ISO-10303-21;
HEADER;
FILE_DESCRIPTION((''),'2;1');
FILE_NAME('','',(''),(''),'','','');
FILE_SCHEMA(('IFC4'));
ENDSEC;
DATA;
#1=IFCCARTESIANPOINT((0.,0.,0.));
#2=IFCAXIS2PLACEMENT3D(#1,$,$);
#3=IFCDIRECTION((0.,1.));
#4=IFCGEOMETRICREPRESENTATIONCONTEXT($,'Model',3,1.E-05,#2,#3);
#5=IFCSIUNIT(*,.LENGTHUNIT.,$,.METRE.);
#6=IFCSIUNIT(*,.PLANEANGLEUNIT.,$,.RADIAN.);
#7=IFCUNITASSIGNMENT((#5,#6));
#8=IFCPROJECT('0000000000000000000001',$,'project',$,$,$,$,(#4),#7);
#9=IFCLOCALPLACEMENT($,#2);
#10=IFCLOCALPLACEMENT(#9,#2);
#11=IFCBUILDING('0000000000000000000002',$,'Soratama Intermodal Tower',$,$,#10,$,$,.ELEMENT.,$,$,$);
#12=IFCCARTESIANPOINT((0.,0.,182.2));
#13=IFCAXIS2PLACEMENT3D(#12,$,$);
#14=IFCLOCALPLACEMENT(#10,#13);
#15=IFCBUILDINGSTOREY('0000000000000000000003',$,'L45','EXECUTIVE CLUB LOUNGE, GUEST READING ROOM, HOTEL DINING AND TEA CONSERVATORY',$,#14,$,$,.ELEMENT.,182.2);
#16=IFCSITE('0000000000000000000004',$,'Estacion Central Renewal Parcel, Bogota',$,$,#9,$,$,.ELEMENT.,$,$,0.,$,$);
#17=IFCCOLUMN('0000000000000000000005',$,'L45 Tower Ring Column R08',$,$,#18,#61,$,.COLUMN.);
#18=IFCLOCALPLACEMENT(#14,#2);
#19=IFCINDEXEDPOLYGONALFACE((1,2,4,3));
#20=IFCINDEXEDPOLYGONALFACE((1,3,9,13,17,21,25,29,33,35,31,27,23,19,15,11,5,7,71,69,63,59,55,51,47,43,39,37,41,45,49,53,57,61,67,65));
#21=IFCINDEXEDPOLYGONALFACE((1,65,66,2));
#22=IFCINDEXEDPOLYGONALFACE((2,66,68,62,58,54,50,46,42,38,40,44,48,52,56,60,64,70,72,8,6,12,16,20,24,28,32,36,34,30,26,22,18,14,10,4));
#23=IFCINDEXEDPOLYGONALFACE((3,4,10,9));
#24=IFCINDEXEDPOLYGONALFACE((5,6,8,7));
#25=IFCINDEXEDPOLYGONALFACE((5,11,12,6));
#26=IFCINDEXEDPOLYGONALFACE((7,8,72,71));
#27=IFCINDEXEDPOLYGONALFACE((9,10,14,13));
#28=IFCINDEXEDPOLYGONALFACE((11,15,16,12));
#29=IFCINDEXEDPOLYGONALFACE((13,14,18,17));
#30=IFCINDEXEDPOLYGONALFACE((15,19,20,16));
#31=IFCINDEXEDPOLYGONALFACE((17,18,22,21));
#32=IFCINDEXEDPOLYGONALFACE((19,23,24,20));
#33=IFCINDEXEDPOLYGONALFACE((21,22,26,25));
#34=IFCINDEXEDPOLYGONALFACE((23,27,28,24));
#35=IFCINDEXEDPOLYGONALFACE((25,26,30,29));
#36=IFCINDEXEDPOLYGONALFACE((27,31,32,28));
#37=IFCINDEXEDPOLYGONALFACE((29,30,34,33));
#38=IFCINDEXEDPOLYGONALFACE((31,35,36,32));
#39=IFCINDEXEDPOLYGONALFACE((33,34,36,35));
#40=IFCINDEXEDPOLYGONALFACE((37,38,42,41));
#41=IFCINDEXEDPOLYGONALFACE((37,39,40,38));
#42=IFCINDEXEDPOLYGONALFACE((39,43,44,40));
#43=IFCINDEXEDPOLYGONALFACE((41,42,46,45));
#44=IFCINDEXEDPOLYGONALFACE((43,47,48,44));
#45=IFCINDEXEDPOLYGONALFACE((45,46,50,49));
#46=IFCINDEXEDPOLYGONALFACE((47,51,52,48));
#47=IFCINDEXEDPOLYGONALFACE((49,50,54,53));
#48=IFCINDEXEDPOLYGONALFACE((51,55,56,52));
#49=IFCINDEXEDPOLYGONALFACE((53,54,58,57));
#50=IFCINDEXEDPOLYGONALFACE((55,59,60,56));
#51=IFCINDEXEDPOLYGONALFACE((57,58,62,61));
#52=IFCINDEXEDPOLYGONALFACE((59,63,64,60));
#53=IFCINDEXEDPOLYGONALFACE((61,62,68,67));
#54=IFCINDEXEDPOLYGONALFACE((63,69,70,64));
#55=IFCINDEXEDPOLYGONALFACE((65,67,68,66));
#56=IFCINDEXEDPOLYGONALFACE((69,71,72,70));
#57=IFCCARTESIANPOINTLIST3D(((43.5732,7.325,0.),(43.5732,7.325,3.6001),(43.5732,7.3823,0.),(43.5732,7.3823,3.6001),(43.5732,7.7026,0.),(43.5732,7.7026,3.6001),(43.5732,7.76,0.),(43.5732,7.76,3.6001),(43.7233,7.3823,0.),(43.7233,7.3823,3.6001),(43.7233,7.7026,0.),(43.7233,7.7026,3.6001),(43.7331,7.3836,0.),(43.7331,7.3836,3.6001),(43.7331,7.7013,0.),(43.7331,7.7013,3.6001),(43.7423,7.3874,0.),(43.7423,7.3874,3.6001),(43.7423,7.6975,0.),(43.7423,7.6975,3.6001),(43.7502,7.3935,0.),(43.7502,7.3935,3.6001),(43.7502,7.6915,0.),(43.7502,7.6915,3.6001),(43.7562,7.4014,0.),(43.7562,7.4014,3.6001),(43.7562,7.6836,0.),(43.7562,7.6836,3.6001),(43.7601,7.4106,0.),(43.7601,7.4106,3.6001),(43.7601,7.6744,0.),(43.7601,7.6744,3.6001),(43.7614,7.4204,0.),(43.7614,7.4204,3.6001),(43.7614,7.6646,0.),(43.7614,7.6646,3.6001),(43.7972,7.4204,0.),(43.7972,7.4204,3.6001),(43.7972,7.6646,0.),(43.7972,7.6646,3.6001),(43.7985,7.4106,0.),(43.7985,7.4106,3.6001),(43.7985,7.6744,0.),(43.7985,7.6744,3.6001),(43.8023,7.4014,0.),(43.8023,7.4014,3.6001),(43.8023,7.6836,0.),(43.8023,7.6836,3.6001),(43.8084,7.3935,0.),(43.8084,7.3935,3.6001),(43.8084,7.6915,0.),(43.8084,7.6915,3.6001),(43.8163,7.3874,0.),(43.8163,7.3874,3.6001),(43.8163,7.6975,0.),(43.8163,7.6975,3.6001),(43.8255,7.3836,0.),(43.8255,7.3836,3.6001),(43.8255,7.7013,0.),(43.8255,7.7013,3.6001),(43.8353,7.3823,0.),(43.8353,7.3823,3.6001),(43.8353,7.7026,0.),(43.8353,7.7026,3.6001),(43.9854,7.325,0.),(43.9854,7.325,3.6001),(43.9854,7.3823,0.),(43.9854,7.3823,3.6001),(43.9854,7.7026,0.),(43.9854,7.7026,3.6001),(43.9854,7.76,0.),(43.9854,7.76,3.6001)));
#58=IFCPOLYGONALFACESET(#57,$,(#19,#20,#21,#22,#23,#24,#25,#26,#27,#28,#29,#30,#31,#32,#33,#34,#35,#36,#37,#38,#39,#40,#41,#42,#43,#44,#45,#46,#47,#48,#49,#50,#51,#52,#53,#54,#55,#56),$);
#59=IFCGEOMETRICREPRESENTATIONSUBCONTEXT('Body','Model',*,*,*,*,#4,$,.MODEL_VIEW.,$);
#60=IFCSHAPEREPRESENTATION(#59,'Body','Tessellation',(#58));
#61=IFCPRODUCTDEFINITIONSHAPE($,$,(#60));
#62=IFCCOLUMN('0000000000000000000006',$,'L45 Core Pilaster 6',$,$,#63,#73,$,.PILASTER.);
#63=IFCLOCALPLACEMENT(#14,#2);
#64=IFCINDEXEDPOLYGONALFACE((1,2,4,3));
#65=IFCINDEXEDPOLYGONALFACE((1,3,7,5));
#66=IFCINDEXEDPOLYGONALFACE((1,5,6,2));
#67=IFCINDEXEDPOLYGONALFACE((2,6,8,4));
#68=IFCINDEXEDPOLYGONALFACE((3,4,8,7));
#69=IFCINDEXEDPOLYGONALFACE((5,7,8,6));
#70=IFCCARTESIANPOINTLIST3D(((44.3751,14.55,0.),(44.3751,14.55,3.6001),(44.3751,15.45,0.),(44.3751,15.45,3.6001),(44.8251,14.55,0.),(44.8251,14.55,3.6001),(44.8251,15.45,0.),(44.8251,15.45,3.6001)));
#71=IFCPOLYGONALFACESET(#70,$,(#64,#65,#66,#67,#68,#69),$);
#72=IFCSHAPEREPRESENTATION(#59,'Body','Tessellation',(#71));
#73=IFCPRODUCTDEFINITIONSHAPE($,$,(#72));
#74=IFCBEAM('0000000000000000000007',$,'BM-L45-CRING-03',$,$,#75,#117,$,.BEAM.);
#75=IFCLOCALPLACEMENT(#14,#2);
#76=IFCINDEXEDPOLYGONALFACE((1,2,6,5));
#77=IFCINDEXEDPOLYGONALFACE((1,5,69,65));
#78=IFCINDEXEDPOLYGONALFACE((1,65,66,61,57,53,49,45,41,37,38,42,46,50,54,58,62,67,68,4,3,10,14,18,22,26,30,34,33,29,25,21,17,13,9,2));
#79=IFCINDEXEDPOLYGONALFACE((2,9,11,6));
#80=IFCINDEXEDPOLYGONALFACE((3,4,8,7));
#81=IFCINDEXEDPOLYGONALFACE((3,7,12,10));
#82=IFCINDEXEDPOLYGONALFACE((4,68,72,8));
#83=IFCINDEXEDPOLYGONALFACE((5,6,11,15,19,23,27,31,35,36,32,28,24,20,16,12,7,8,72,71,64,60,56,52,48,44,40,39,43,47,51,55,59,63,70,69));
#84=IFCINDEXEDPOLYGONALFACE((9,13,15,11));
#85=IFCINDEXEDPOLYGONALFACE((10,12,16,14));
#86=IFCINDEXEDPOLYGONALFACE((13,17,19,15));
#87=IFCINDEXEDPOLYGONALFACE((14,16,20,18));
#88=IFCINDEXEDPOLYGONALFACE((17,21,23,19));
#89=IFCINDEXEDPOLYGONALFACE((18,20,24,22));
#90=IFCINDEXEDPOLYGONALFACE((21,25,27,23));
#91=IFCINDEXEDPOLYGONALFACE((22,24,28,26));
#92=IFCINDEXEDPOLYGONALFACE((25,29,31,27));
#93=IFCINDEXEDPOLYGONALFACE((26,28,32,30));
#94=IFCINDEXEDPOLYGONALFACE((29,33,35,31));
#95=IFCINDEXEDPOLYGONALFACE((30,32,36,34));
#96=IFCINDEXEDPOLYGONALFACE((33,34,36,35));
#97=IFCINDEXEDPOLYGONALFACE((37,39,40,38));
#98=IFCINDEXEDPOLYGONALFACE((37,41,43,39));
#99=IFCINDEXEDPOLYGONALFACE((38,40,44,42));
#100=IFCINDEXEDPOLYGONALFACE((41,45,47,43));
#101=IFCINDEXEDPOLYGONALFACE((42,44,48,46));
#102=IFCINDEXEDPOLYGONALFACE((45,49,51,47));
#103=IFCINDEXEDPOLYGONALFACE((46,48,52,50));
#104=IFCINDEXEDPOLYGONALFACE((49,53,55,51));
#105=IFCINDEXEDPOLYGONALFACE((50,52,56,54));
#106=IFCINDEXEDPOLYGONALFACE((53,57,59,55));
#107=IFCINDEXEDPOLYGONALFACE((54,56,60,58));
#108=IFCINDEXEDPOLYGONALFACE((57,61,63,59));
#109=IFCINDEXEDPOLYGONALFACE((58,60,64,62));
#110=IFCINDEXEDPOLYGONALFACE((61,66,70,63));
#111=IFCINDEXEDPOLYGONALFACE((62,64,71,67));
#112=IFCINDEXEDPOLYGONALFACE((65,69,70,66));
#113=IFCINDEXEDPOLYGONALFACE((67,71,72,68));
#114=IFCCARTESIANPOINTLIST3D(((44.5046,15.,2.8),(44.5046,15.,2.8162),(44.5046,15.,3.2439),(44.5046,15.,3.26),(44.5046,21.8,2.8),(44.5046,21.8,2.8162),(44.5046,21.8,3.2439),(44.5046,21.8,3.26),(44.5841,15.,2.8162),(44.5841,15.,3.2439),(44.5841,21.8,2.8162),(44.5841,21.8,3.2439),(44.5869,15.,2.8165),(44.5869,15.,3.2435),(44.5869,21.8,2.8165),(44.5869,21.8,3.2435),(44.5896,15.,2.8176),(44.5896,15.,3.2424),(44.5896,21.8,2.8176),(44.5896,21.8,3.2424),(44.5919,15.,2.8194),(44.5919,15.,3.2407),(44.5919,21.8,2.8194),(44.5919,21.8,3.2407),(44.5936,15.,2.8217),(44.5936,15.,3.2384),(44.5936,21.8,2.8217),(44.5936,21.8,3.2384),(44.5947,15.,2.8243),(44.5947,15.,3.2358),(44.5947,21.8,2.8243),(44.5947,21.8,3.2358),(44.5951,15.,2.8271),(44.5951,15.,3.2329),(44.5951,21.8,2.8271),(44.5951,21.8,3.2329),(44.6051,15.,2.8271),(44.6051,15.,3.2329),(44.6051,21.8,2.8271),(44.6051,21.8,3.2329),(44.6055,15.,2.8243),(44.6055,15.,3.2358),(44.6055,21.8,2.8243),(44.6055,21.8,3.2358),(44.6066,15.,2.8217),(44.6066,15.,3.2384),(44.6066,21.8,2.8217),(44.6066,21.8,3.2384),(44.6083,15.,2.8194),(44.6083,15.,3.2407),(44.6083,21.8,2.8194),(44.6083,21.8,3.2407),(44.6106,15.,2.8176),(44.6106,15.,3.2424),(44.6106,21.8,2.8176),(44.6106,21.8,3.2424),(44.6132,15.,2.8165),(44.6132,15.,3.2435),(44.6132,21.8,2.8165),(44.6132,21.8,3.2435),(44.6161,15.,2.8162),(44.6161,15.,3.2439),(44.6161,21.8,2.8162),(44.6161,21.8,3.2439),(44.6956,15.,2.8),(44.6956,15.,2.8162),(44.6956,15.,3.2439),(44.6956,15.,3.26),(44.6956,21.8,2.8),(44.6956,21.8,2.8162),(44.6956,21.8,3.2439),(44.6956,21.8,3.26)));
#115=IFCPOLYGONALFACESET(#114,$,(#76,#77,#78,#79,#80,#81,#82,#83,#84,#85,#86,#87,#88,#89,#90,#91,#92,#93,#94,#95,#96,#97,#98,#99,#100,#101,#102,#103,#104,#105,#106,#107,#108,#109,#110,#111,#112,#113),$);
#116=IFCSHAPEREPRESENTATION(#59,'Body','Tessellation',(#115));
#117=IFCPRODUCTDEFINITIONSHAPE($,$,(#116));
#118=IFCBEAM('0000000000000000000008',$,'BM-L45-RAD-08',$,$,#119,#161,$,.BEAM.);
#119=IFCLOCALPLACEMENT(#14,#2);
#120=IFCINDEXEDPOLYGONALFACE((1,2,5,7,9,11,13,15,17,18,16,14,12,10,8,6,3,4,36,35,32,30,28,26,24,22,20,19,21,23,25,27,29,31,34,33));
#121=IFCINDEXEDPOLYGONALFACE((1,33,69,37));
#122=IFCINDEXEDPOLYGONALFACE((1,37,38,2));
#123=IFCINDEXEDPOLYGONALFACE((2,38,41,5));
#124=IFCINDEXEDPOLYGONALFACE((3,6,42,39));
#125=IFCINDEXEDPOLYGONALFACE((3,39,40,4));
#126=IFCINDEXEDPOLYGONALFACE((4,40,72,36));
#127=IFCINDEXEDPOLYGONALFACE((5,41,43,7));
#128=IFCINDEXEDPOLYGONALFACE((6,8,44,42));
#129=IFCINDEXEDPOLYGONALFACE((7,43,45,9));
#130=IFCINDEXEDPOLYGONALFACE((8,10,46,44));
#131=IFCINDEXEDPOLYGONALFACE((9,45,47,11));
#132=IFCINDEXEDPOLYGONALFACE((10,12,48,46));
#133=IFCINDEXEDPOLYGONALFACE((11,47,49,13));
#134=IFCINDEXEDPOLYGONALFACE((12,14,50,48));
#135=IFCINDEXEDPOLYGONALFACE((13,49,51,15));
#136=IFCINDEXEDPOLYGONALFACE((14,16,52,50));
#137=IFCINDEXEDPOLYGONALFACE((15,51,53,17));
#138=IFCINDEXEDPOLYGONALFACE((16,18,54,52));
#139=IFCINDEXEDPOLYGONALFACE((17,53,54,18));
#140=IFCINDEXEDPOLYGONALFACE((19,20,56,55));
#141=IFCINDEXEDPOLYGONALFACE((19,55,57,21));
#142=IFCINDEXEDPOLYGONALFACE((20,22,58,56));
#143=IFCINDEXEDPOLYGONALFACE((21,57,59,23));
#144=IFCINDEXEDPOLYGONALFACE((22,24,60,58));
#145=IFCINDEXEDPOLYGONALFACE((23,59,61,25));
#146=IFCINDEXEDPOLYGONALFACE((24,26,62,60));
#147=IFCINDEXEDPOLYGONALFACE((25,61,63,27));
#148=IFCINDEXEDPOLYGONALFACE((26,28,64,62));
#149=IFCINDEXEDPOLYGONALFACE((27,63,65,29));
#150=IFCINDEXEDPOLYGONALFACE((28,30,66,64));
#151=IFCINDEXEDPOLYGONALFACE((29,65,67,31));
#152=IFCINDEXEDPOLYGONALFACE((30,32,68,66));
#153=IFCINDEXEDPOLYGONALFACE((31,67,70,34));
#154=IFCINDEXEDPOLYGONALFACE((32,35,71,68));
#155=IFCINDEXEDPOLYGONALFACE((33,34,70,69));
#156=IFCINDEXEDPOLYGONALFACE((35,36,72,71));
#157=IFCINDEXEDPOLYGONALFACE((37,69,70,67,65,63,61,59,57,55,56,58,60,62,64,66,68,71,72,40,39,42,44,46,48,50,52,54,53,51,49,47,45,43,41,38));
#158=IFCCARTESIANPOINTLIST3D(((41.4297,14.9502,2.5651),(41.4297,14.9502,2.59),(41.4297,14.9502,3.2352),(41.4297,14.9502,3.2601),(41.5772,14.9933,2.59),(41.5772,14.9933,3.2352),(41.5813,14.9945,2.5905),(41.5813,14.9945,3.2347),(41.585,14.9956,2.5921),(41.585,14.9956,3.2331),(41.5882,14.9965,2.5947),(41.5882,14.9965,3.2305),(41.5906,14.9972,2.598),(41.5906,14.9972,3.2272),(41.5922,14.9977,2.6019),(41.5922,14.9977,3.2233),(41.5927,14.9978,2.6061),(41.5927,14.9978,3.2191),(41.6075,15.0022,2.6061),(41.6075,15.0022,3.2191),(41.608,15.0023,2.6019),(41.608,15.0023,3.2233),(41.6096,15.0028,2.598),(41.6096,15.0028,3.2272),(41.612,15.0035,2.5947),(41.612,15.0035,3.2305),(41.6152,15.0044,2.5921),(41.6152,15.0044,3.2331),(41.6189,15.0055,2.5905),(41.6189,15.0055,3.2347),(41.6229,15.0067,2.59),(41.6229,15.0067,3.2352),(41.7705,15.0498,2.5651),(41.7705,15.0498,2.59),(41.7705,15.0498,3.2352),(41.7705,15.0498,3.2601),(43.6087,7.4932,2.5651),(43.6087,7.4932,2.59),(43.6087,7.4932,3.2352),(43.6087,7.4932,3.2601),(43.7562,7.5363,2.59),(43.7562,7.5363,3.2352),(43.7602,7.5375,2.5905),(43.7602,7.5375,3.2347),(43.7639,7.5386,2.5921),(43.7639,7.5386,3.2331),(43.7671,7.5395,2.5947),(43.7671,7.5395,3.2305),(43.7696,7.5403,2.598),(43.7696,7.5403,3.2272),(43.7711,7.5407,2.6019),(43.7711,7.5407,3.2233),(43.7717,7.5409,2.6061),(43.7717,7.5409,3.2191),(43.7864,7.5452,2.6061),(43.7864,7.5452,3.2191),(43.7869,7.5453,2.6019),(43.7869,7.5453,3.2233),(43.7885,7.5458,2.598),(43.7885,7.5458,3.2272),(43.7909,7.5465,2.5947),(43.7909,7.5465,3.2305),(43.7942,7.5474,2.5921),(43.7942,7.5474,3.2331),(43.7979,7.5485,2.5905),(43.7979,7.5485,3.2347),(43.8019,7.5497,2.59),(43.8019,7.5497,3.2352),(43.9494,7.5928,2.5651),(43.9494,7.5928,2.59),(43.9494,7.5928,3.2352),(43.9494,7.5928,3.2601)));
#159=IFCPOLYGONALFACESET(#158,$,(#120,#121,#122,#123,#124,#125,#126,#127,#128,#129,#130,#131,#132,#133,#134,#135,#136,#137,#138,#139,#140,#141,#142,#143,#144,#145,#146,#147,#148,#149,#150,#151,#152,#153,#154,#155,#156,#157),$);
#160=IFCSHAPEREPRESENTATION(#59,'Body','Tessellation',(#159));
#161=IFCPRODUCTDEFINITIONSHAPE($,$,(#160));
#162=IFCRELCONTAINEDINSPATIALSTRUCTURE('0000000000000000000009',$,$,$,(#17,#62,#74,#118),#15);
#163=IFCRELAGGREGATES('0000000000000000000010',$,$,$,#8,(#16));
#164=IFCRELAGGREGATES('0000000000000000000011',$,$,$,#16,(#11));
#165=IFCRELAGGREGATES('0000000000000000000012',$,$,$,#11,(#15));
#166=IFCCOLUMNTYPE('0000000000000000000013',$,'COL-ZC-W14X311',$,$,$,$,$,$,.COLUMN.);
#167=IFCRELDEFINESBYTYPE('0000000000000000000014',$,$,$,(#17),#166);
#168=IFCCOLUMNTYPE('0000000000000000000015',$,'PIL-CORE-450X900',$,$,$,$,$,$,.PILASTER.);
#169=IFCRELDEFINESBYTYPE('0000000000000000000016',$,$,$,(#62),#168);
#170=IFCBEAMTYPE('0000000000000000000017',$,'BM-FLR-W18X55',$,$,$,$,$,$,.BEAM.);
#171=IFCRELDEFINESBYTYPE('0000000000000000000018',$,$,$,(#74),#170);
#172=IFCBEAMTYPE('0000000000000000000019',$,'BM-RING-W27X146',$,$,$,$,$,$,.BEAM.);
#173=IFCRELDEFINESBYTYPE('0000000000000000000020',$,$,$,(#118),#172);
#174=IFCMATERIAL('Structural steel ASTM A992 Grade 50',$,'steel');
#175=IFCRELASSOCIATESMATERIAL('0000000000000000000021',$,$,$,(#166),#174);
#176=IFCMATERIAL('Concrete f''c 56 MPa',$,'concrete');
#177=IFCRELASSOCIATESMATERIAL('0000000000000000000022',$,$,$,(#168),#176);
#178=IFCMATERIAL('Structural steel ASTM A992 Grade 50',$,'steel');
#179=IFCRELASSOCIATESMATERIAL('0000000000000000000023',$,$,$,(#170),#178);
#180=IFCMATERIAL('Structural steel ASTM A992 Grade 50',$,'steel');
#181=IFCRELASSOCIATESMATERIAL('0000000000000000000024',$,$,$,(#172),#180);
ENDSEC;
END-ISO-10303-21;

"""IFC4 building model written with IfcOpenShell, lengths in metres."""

from ifc_helpers import new_model, si_unit, direction, frame, origin, origin_2d, place, context, subcontext, project, spatial, rectangle, i_section, extrude, material, material_profile, profile_set, type_object, element, save


model = new_model("IFC4")

# Units and contexts
model_context = context("Model", 3, precision=1e-05, world=origin(), true_north=direction((0.0, 1.0)))
body_context = subcontext(model_context, "Body", "Model", "MODEL_VIEW")
ifc_project = project(units=[si_unit("LENGTHUNIT", "METRE"), si_unit("PLANEANGLEUNIT", "RADIAN")], contexts=[model_context])

# Site, building, storey
site_placement = place(None, origin())
site = spatial("IfcSite", under=ifc_project, at=site_placement, Name="Estacion Central Renewal Parcel, Bogota", CompositionType="ELEMENT", RefElevation=0.0)
building_placement = place(site_placement, origin())
building = spatial("IfcBuilding", under=site, at=building_placement, Name="Soratama Intermodal Tower", CompositionType="ELEMENT")
storey_placement = place(building_placement, frame((0.0, 0.0, 182.2)))
storey = spatial("IfcBuildingStorey", under=building, at=storey_placement, Name="L45", Description="EXECUTIVE CLUB LOUNGE, GUEST READING ROOM, HOTEL DINING AND TEA CONSERVATORY", CompositionType="ELEMENT", Elevation=182.2)

# Columns
ifc_material_1 = material(Name="Structural steel ASTM A992 Grade 50", Category="steel")
ifc_material_profile_1 = material_profile(ifc_material_1, i_section(OverallWidth=0.4121, OverallDepth=0.4351, WebThickness=0.0359, FlangeThickness=0.0574, FilletRadius=0.0381, at=origin_2d()), Name="W14X311")
ifc_profile_set_1 = profile_set([ifc_material_profile_1], Name="Structural steel ASTM A992 Grade 50")
column_type_1 = type_object("IfcColumnType", Name="COL-ZC-W14X311", PredefinedType="COLUMN", material=ifc_profile_set_1)
column_1_placement = place(storey_placement, frame((43.7793, 7.5425, 0.0), z_axis=(0.0, 0.0, 1.0), x_axis=(1.0, 0.0, 0.0)))
element("IfcColumn", 1, at=column_1_placement, inside=storey, type_object=column_type_1, Name="L45 Tower Ring Column R08", PredefinedType="COLUMN", context=body_context, shape_type="SweptSolid", body=[
    extrude(i_section(OverallWidth=0.4121, OverallDepth=0.4351, WebThickness=0.0359, FlangeThickness=0.0574, FilletRadius=0.0381, at=origin_2d()), origin(), (0.0, 0.0, 1.0), 3.6001),
])
ifc_material_2 = material(Name="Concrete f'c 56 MPa", Category="concrete")
ifc_material_profile_2 = material_profile(ifc_material_2, rectangle(XDim=0.45, YDim=0.8999, at=origin_2d()), Name="RC450X900")
ifc_profile_set_2 = profile_set([ifc_material_profile_2], Name="Concrete f'c 56 MPa")
column_type_2 = type_object("IfcColumnType", Name="PIL-CORE-450X900", PredefinedType="PILASTER", material=ifc_profile_set_2)
column_2_placement = place(storey_placement, frame((44.6001, 15.0, 0.0), z_axis=(0.0, 0.0, 1.0), x_axis=(1.0, 0.0, 0.0)))
element("IfcColumn", 2, at=column_2_placement, inside=storey, type_object=column_type_2, Name="L45 Core Pilaster 6", PredefinedType="PILASTER", context=body_context, shape_type="SweptSolid", body=[
    extrude(rectangle(XDim=0.45, YDim=0.8999, at=origin_2d()), origin(), (0.0, 0.0, 1.0), 3.6001),
])

# Beams
ifc_material_3 = material(Name="Structural steel ASTM A992 Grade 50", Category="steel")
ifc_material_profile_3 = material_profile(ifc_material_3, i_section(OverallWidth=0.1909, OverallDepth=0.46, WebThickness=0.01, FlangeThickness=0.0161, FilletRadius=0.011, at=origin_2d()), Name="W18X55")
ifc_profile_set_3 = profile_set([ifc_material_profile_3], Name="Structural steel ASTM A992 Grade 50")
beam_type_1 = type_object("IfcBeamType", Name="BM-FLR-W18X55", PredefinedType="BEAM", material=ifc_profile_set_3)
beam_1_placement = place(storey_placement, frame((44.6001, 15.0, 3.03), z_axis=(0.0, 1.0, 0.0), x_axis=(-1.0, 0.0, 0.0)))
element("IfcBeam", 3, at=beam_1_placement, inside=storey, type_object=beam_type_1, Name="BM-L45-CRING-03", PredefinedType="BEAM", context=body_context, shape_type="SweptSolid", body=[
    extrude(i_section(OverallWidth=0.1909, OverallDepth=0.46, WebThickness=0.01, FlangeThickness=0.0161, FilletRadius=0.011, at=origin_2d()), origin(), (0.0, 0.0, 1.0), 6.8),
])
ifc_material_4 = material(Name="Structural steel ASTM A992 Grade 50", Category="steel")
ifc_material_profile_4 = material_profile(ifc_material_4, i_section(OverallWidth=0.355, OverallDepth=0.6951, WebThickness=0.0154, FlangeThickness=0.0249, FilletRadius=0.0161, at=origin_2d()), Name="W27X146")
ifc_profile_set_4 = profile_set([ifc_material_profile_4], Name="Structural steel ASTM A992 Grade 50")
beam_type_2 = type_object("IfcBeamType", Name="BM-RING-W27X146", PredefinedType="BEAM", material=ifc_profile_set_4)
beam_2_placement = place(storey_placement, frame((41.6001, 15.0, 2.9126), z_axis=(0.280473, -0.959862, 0.0), x_axis=(0.959862, 0.280473, 0.0)))
element("IfcBeam", 4, at=beam_2_placement, inside=storey, type_object=beam_type_2, Name="BM-L45-RAD-08", PredefinedType="BEAM", context=body_context, shape_type="SweptSolid", body=[
    extrude(i_section(OverallWidth=0.355, OverallDepth=0.6951, WebThickness=0.0154, FlangeThickness=0.0249, FilletRadius=0.0161, at=origin_2d()), origin(), (0.0, 0.0, 1.0), 7.7688),
])

save(model, "model.ifc")
